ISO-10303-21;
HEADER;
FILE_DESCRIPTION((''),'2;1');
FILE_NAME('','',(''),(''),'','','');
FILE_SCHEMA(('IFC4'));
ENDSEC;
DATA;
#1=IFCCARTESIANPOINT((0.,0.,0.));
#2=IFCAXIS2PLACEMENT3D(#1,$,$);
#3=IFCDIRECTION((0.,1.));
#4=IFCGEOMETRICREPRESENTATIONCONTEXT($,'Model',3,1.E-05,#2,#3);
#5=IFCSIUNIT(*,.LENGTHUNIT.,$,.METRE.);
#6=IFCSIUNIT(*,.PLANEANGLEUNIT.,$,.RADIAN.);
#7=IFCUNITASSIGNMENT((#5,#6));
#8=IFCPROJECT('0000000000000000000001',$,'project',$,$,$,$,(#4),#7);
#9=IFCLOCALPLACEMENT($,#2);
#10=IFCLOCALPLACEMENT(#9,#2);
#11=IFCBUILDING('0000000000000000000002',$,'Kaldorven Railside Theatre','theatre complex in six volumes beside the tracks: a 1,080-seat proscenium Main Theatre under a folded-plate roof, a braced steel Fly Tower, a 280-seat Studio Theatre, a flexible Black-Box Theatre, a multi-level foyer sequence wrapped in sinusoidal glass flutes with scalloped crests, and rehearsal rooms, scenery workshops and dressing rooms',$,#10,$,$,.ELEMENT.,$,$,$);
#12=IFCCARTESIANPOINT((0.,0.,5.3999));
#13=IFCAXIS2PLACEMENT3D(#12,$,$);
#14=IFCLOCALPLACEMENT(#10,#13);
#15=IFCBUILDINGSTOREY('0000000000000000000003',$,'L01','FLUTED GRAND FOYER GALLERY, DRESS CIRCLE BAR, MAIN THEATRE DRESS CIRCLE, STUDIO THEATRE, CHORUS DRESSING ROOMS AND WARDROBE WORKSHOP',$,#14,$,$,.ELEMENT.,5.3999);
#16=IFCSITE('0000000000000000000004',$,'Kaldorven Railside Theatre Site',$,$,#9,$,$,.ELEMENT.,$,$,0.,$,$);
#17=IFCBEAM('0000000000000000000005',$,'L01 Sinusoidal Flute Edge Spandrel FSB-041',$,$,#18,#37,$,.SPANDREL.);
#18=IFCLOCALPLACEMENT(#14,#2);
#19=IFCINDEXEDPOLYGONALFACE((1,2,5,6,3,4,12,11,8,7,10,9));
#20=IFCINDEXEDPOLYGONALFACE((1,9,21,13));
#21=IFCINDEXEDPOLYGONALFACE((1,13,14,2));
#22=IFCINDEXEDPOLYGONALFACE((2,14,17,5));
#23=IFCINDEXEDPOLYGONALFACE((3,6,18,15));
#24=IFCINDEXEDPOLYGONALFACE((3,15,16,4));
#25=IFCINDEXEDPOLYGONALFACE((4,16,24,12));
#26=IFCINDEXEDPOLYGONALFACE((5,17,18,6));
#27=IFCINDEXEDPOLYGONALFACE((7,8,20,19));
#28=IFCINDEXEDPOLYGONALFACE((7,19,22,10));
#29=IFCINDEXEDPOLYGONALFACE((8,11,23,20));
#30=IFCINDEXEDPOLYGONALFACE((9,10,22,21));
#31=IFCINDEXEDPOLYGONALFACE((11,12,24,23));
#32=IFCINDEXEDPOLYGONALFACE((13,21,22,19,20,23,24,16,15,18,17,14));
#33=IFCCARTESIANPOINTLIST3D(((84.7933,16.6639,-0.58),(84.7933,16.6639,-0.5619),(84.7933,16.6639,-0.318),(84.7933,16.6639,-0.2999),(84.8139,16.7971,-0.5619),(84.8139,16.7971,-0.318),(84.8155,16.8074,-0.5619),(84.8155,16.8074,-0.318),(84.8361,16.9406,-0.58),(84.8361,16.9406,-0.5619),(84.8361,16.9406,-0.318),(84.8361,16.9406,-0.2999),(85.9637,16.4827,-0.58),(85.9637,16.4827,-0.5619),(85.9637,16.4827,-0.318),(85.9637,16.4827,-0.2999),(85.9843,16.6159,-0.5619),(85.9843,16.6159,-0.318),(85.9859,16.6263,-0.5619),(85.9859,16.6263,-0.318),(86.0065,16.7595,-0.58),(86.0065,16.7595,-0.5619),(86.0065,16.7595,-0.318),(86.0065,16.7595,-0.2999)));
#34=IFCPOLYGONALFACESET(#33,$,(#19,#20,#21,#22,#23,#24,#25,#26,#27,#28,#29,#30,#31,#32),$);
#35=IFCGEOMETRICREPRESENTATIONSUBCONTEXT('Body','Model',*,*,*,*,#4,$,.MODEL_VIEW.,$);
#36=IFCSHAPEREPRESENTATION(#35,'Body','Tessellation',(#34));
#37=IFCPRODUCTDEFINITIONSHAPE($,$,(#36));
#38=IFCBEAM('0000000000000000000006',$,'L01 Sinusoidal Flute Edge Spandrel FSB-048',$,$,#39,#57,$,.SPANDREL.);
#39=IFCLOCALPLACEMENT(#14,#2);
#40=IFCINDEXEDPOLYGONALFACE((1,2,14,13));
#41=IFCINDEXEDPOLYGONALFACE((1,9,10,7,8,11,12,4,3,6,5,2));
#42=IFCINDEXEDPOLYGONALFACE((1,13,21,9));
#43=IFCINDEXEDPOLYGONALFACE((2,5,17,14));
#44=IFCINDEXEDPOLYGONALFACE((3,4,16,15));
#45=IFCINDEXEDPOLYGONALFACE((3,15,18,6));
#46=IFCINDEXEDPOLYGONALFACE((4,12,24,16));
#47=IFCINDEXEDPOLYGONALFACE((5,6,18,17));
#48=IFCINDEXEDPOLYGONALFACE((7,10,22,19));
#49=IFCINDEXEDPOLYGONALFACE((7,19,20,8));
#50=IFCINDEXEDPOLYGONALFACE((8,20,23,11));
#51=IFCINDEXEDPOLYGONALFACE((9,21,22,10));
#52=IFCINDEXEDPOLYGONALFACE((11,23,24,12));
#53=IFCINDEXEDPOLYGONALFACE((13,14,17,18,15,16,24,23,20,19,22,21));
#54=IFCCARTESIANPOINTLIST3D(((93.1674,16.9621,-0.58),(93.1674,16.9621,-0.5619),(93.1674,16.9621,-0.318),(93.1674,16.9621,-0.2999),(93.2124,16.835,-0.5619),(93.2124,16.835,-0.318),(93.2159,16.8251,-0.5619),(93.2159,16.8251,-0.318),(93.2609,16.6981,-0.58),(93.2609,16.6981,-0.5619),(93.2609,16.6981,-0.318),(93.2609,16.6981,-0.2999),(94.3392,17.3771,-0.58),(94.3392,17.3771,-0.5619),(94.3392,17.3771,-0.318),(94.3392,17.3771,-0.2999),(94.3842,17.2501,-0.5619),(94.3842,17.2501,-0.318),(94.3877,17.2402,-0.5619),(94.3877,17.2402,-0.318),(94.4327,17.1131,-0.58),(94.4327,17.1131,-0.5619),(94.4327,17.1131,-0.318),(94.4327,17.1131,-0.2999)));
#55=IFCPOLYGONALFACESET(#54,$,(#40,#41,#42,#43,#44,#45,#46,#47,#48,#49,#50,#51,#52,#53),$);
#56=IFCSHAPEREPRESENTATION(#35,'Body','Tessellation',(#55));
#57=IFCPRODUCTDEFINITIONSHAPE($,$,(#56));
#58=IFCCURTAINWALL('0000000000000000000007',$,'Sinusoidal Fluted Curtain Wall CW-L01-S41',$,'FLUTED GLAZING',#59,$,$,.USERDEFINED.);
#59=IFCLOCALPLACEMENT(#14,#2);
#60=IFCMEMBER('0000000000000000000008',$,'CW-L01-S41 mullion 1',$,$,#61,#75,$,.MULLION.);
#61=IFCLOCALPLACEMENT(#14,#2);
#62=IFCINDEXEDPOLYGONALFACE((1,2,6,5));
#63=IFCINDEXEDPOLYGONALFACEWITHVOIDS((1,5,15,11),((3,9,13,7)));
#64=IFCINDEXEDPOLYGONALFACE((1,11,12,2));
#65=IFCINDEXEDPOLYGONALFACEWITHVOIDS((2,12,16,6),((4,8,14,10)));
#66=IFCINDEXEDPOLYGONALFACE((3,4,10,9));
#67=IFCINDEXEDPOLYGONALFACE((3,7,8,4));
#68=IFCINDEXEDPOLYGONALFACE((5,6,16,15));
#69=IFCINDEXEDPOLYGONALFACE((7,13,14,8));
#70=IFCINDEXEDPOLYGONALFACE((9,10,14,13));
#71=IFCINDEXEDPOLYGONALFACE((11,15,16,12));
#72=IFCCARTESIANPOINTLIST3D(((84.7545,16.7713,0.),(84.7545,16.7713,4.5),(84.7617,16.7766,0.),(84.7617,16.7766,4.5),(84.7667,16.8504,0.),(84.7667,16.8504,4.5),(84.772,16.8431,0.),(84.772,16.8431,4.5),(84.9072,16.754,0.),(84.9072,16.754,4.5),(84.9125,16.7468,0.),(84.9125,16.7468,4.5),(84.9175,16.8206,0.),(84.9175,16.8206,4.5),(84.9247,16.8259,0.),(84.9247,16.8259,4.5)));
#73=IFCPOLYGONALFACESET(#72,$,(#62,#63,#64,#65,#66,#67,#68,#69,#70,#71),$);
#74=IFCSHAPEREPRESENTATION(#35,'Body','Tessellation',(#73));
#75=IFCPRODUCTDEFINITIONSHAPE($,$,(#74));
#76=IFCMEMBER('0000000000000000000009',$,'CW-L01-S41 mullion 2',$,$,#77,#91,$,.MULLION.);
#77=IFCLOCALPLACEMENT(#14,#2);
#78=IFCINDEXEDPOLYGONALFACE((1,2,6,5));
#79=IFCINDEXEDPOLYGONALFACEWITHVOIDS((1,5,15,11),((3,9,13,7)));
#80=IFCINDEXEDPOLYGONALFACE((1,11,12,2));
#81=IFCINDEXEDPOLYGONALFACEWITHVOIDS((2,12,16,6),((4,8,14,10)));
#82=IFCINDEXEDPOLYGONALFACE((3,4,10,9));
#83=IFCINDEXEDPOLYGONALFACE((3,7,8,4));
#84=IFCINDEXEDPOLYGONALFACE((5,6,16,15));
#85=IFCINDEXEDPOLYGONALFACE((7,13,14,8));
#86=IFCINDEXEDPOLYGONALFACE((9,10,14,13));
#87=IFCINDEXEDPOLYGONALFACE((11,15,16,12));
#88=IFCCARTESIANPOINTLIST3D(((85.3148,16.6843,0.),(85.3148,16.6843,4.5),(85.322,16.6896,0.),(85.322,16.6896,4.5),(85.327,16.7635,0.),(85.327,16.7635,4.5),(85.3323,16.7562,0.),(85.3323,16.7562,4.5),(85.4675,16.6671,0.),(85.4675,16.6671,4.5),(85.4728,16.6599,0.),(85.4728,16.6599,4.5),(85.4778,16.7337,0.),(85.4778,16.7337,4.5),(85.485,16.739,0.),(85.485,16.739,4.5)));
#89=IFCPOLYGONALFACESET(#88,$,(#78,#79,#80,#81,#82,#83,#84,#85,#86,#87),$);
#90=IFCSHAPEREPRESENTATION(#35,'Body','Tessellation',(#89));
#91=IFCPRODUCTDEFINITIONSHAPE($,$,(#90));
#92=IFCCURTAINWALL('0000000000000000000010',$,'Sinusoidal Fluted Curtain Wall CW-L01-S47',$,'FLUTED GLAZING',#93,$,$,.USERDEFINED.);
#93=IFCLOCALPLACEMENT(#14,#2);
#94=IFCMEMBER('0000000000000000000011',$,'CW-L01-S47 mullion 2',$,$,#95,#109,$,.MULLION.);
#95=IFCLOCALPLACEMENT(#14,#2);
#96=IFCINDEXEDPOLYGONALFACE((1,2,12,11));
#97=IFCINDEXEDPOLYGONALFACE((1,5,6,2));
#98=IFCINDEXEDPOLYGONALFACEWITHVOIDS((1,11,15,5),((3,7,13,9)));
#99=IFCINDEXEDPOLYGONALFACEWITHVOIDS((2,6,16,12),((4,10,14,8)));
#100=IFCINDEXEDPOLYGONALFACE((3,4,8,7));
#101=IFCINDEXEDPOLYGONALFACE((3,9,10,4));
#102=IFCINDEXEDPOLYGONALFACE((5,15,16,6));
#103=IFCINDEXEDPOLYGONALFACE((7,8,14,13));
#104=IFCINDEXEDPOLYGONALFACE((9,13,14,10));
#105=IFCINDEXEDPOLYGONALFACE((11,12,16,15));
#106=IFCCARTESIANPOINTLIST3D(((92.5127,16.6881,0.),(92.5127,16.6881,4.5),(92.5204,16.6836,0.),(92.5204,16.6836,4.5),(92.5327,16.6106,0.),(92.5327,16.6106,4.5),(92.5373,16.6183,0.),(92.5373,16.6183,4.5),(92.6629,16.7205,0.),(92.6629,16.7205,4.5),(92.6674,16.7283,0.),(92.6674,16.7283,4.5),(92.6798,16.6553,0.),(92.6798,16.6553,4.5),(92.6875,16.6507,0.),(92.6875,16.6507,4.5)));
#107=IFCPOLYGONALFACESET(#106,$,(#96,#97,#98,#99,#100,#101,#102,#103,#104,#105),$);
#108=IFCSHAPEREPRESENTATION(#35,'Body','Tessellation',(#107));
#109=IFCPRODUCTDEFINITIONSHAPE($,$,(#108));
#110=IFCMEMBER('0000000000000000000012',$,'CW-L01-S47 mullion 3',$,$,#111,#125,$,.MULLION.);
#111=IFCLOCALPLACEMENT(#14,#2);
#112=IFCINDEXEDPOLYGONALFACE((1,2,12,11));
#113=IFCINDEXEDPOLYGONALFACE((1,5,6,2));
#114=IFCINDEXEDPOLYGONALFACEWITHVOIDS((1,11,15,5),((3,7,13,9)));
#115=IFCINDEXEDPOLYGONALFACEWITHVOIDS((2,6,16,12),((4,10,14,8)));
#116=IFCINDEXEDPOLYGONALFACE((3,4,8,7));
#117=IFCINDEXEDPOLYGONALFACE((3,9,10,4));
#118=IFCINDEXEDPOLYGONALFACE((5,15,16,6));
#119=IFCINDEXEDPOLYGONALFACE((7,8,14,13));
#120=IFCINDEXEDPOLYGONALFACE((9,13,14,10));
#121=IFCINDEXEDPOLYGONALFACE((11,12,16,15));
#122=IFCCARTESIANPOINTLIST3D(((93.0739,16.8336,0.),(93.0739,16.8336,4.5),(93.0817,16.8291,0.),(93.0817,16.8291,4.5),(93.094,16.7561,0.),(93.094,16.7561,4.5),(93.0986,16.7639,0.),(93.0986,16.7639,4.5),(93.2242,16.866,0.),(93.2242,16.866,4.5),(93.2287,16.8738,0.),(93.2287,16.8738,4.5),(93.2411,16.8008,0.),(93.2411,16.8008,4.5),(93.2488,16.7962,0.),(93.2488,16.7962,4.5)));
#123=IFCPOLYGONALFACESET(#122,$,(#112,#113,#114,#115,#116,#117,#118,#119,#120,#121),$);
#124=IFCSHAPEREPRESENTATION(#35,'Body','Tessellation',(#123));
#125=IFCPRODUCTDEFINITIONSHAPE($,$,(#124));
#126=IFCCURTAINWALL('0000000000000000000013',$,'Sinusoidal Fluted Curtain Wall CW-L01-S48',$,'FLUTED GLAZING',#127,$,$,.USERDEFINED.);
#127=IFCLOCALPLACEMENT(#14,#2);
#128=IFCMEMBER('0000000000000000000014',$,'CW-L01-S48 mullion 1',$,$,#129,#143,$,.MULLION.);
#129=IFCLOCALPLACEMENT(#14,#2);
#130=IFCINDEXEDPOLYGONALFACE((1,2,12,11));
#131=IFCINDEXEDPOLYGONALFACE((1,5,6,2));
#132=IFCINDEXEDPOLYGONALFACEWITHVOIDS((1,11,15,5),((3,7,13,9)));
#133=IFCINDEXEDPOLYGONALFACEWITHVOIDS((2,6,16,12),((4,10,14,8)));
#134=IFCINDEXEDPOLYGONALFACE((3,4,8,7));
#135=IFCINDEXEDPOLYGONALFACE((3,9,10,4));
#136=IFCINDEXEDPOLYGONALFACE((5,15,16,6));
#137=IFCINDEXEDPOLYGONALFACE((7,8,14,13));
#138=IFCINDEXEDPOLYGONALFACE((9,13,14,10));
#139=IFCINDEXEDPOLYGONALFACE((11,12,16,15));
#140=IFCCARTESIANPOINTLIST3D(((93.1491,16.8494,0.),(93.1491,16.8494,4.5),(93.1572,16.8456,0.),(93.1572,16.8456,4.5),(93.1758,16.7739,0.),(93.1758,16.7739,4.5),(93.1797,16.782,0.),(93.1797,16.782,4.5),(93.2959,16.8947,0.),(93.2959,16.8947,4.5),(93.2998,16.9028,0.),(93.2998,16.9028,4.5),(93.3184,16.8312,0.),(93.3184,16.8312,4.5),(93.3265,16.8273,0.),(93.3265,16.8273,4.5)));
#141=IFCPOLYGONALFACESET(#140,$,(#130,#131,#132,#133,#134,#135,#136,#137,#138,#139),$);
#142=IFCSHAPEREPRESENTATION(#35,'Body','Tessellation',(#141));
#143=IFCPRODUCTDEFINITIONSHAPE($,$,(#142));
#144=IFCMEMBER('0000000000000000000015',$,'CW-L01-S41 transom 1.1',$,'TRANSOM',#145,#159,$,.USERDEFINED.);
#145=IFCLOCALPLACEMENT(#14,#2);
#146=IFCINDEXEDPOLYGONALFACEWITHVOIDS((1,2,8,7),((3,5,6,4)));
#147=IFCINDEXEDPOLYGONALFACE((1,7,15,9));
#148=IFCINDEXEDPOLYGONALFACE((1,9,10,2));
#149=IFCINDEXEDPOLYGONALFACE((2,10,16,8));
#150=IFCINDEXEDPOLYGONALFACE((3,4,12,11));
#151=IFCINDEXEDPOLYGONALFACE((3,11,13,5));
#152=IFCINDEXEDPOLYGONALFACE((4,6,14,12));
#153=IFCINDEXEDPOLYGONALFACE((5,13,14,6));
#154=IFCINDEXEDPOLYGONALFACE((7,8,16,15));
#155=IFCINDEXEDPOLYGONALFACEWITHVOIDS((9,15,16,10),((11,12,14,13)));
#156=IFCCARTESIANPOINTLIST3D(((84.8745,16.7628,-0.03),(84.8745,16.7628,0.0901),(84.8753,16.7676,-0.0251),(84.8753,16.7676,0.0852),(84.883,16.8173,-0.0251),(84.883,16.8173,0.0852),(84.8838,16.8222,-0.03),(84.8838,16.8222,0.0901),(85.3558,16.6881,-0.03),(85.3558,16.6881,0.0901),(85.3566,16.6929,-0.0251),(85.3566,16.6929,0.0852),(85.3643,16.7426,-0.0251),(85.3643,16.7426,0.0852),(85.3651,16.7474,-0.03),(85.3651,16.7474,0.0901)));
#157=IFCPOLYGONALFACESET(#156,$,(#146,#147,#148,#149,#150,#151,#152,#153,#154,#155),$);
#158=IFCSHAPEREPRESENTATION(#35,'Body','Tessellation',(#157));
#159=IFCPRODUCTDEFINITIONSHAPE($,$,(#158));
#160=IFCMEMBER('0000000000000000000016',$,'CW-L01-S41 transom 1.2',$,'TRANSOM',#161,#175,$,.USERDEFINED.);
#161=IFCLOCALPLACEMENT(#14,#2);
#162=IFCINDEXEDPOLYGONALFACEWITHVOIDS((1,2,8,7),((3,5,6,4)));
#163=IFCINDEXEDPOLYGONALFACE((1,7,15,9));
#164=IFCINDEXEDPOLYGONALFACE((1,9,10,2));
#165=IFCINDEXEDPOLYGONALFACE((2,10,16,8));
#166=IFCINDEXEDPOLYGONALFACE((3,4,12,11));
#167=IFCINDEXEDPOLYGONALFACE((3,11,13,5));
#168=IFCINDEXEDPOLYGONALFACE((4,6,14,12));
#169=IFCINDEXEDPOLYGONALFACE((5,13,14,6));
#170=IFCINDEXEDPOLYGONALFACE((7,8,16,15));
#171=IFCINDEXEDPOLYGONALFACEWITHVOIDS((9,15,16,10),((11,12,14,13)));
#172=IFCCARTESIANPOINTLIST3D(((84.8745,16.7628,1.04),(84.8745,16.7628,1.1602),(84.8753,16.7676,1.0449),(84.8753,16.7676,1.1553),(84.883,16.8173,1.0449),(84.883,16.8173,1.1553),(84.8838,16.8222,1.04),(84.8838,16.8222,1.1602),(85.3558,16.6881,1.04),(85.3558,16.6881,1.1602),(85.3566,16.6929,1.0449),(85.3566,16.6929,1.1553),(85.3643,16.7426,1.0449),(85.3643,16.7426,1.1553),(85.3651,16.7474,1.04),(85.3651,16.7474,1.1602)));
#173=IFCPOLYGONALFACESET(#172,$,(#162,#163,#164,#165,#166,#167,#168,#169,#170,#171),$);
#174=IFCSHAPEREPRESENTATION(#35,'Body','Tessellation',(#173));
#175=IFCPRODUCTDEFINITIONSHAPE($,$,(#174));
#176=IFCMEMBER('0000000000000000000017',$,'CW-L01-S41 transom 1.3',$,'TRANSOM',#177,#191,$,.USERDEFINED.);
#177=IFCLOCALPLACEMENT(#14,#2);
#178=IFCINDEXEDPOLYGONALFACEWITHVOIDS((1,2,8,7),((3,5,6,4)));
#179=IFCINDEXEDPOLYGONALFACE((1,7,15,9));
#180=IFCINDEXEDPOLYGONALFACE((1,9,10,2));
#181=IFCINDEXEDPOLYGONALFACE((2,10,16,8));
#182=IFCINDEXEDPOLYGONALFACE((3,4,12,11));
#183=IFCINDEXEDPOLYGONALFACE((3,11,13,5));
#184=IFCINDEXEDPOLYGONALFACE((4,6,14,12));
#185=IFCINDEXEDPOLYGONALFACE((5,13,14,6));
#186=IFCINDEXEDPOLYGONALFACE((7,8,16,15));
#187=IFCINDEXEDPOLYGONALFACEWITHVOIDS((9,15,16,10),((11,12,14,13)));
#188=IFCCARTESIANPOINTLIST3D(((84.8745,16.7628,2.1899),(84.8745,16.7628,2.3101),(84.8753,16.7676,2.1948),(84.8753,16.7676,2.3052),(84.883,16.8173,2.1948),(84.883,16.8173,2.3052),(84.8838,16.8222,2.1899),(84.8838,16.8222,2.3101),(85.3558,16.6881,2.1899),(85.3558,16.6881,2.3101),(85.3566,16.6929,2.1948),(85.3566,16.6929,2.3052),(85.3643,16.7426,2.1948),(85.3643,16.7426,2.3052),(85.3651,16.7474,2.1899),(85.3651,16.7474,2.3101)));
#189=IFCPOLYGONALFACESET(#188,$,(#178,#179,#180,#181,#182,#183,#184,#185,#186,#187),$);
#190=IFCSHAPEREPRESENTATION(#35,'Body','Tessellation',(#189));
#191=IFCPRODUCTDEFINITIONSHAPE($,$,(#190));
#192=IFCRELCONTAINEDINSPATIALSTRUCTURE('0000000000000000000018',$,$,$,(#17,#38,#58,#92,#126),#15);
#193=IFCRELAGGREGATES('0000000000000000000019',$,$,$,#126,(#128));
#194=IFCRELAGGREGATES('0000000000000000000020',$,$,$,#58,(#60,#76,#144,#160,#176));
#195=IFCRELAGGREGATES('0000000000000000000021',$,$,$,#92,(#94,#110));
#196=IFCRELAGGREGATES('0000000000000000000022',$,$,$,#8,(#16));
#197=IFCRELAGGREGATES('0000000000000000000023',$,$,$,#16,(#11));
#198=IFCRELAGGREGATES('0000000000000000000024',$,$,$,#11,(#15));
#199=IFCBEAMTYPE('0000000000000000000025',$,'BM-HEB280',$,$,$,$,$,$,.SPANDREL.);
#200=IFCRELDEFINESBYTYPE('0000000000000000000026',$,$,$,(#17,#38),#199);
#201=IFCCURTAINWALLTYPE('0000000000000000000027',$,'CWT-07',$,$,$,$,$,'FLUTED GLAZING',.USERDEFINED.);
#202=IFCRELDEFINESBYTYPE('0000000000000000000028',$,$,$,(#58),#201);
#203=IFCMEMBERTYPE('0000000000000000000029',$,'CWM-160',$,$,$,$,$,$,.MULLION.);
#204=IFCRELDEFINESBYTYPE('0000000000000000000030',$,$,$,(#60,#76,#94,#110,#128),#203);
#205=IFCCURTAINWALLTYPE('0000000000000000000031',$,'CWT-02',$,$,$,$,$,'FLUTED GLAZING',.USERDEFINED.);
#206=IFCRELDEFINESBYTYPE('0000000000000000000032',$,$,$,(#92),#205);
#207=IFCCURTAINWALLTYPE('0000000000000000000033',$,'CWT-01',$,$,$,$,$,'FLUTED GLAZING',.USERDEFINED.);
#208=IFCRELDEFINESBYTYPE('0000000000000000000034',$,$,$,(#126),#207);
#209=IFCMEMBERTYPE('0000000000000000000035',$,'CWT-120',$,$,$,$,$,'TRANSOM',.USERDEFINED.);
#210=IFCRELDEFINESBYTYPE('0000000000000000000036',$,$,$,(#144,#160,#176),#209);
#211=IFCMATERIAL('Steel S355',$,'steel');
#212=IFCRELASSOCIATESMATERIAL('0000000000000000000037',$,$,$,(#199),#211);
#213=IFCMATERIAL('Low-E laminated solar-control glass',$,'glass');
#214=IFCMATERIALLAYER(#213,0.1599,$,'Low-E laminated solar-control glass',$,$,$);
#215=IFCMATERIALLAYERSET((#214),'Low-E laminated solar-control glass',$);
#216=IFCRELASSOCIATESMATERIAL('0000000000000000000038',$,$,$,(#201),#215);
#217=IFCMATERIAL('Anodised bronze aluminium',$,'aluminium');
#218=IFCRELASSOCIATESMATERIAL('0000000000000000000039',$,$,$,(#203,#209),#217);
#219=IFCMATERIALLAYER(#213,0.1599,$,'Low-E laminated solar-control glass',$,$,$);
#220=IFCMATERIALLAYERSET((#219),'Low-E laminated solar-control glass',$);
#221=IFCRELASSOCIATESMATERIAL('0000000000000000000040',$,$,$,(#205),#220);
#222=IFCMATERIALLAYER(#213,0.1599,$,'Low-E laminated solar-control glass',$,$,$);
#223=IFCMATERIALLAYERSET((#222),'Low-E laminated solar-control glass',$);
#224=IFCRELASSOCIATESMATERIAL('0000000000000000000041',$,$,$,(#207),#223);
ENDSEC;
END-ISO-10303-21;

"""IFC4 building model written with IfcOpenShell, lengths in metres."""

from ifc_helpers import new_model, si_unit, direction, frame, origin, origin_2d, place, context, subcontext, project, spatial, hollow_rectangle, i_section, extrude, material, layer, layer_set, material_profile, profile_set, type_object, element, aggregate, save


model = new_model("IFC4")

# Units and contexts
model_context = context("Model", 3, precision=1e-05, world=origin(), true_north=direction((0.0, 1.0)))
body_context = subcontext(model_context, "Body", "Model", "MODEL_VIEW")
ifc_project = project(units=[si_unit("LENGTHUNIT", "METRE"), si_unit("PLANEANGLEUNIT", "RADIAN")], contexts=[model_context])

# Site, building, storey
site_placement = place(None, origin())
site = spatial("IfcSite", under=ifc_project, at=site_placement, Name="Kaldorven Railside Theatre Site", CompositionType="ELEMENT", RefElevation=0.0)
building_placement = place(site_placement, origin())
building = spatial("IfcBuilding", under=site, at=building_placement, Name="Kaldorven Railside Theatre", Description="theatre complex in six volumes beside the tracks: a 1,080-seat proscenium Main Theatre under a folded-plate roof, a braced steel Fly Tower, a 280-seat Studio Theatre, a flexible Black-Box Theatre, a multi-level foyer sequence wrapped in sinusoidal glass flutes with scalloped crests, and rehearsal rooms, scenery workshops and dressing rooms", CompositionType="ELEMENT")
storey_placement = place(building_placement, frame((0.0, 0.0, 5.3999)))
storey = spatial("IfcBuildingStorey", under=building, at=storey_placement, Name="L01", Description="FLUTED GRAND FOYER GALLERY, DRESS CIRCLE BAR, MAIN THEATRE DRESS CIRCLE, STUDIO THEATRE, CHORUS DRESSING ROOMS AND WARDROBE WORKSHOP", CompositionType="ELEMENT", Elevation=5.3999)

# Beams
ifc_material_1 = material(Name="Steel S355", Category="steel")
ifc_material_profile_1 = material_profile(ifc_material_1, i_section(OverallWidth=0.28, OverallDepth=0.28, WebThickness=0.0105, FlangeThickness=0.0181, at=origin_2d()), Name="HEB 280")
ifc_profile_set_1 = profile_set([ifc_material_profile_1], Name="Steel S355")
beam_type = type_object("IfcBeamType", Name="BM-HEB280", PredefinedType="SPANDREL", material=ifc_profile_set_1)
beam_1_placement = place(storey_placement, frame((84.8147, 16.8022, -0.4399), z_axis=(0.988233, -0.152956, 0.0), x_axis=(0.152956, 0.988233, 0.0)))
element("IfcBeam", 1, at=beam_1_placement, inside=storey, type_object=beam_type, Name="L01 Sinusoidal Flute Edge Spandrel FSB-041", PredefinedType="SPANDREL", context=body_context, shape_type="SweptSolid", body=[
    extrude(i_section(OverallWidth=0.28, OverallDepth=0.28, WebThickness=0.0105, FlangeThickness=0.0181, at=origin_2d()), origin(), (0.0, 0.0, 1.0), 1.1843),
])
beam_2_placement = place(storey_placement, frame((93.2141, 16.8301, -0.4399), z_axis=(0.942627, 0.333847, 0.0), x_axis=(-0.333847, 0.942627, 0.0)))
element("IfcBeam", 2, at=beam_2_placement, inside=storey, type_object=beam_type, Name="L01 Sinusoidal Flute Edge Spandrel FSB-048", PredefinedType="SPANDREL", context=body_context, shape_type="SweptSolid", body=[
    extrude(i_section(OverallWidth=0.28, OverallDepth=0.28, WebThickness=0.0105, FlangeThickness=0.0181, at=origin_2d()), origin(), (0.0, 0.0, 1.0), 1.2432),
])

# Curtain walls, members
ifc_material_2 = material(Name="Low-E laminated solar-control glass", Category="glass")
ifc_layer_1 = layer(ifc_material_2, 0.1599, Name="Low-E laminated solar-control glass")
ifc_layer_set_1 = layer_set([ifc_layer_1], Name="Low-E laminated solar-control glass")
curtain_wall_type_1 = type_object("IfcCurtainWallType", Name="CWT-07", ElementType="FLUTED GLAZING", PredefinedType="USERDEFINED", material=ifc_layer_set_1)
curtain_wall_1_placement = place(storey_placement, origin())
curtain_wall_1 = element("IfcCurtainWall", 3, at=curtain_wall_1_placement, inside=storey, type_object=curtain_wall_type_1, Name="Sinusoidal Fluted Curtain Wall CW-L01-S41", ObjectType="FLUTED GLAZING", PredefinedType="USERDEFINED")
ifc_material_3 = material(Name="Anodised bronze aluminium", Category="aluminium")
ifc_material_profile_2 = material_profile(ifc_material_3, hollow_rectangle(XDim=0.0801, YDim=0.1599, WallThickness=0.0063, at=origin_2d()), Name="RHS 160x80x6.3")
ifc_profile_set_2 = profile_set([ifc_material_profile_2], Name="Anodised bronze aluminium")
member_type_1 = type_object("IfcMemberType", Name="CWM-160", PredefinedType="MULLION", material=ifc_profile_set_2)
member_1_placement = place(storey_placement, frame((84.8396, 16.7986, 0.0), z_axis=(0.0, 0.0, 1.0), x_axis=(0.15301, 0.988225, 0.0)))
member_1 = element("IfcMember", 4, at=member_1_placement, type_object=member_type_1, Name="CW-L01-S41 mullion 1", PredefinedType="MULLION", context=body_context, shape_type="SweptSolid", body=[
    extrude(hollow_rectangle(XDim=0.0801, YDim=0.1599, WallThickness=0.0063, at=origin_2d()), origin(), (0.0, 0.0, 1.0), 4.5),
])
member_2_placement = place(storey_placement, frame((85.3999, 16.7117, 0.0), z_axis=(0.0, 0.0, 1.0), x_axis=(0.15301, 0.988225, 0.0)))
member_2 = element("IfcMember", 5, at=member_2_placement, type_object=member_type_1, Name="CW-L01-S41 mullion 2", PredefinedType="MULLION", context=body_context, shape_type="SweptSolid", body=[
    extrude(hollow_rectangle(XDim=0.0801, YDim=0.1599, WallThickness=0.0063, at=origin_2d()), origin(), (0.0, 0.0, 1.0), 4.5),
])
ifc_layer_2 = layer(ifc_material_2, 0.1599, Name="Low-E laminated solar-control glass")
ifc_layer_set_2 = layer_set([ifc_layer_2], Name="Low-E laminated solar-control glass")
curtain_wall_type_2 = type_object("IfcCurtainWallType", Name="CWT-02", ElementType="FLUTED GLAZING", PredefinedType="USERDEFINED", material=ifc_layer_set_2)
curtain_wall_2_placement = place(storey_placement, origin())
curtain_wall_2 = element("IfcCurtainWall", 6, at=curtain_wall_2_placement, inside=storey, type_object=curtain_wall_type_2, Name="Sinusoidal Fluted Curtain Wall CW-L01-S47", ObjectType="FLUTED GLAZING", PredefinedType="USERDEFINED")
member_3_placement = place(storey_placement, frame((92.6001, 16.6694, 0.0), z_axis=(0.0, 0.0, 1.0), x_axis=(-0.250954, 0.967999, 0.0)))
member_3 = element("IfcMember", 7, at=member_3_placement, type_object=member_type_1, Name="CW-L01-S47 mullion 2", PredefinedType="MULLION", context=body_context, shape_type="SweptSolid", body=[
    extrude(hollow_rectangle(XDim=0.0801, YDim=0.1599, WallThickness=0.0063, at=origin_2d()), origin(), (0.0, 0.0, 1.0), 4.5),
])
member_4_placement = place(storey_placement, frame((93.1614, 16.8149, 0.0), z_axis=(0.0, 0.0, 1.0), x_axis=(-0.250954, 0.967999, 0.0)))
member_4 = element("IfcMember", 8, at=member_4_placement, type_object=member_type_1, Name="CW-L01-S47 mullion 3", PredefinedType="MULLION", context=body_context, shape_type="SweptSolid", body=[
    extrude(hollow_rectangle(XDim=0.0801, YDim=0.1599, WallThickness=0.0063, at=origin_2d()), origin(), (0.0, 0.0, 1.0), 4.5),
])

# Curtain wall, member
ifc_layer_3 = layer(ifc_material_2, 0.1599, Name="Low-E laminated solar-control glass")
ifc_layer_set_3 = layer_set([ifc_layer_3], Name="Low-E laminated solar-control glass")
curtain_wall_type_3 = type_object("IfcCurtainWallType", Name="CWT-01", ElementType="FLUTED GLAZING", PredefinedType="USERDEFINED", material=ifc_layer_set_3)
curtain_wall_3_placement = place(storey_placement, origin())
curtain_wall_3 = element("IfcCurtainWall", 9, at=curtain_wall_3_placement, inside=storey, type_object=curtain_wall_type_3, Name="Sinusoidal Fluted Curtain Wall CW-L01-S48", ObjectType="FLUTED GLAZING", PredefinedType="USERDEFINED")
member_5_placement = place(storey_placement, frame((93.2378, 16.8384, 0.0), z_axis=(0.0, 0.0, 1.0), x_axis=(-0.333847, 0.942627, 0.0)))
member_5 = element("IfcMember", 10, at=member_5_placement, type_object=member_type_1, Name="CW-L01-S48 mullion 1", PredefinedType="MULLION", context=body_context, shape_type="SweptSolid", body=[
    extrude(hollow_rectangle(XDim=0.0801, YDim=0.1599, WallThickness=0.0063, at=origin_2d()), origin(), (0.0, 0.0, 1.0), 4.5),
])

# Members
ifc_material_profile_3 = material_profile(ifc_material_3, hollow_rectangle(XDim=0.0601, YDim=0.1201, WallThickness=0.0049, at=origin_2d()), Name="RHS 120x60x5")
ifc_profile_set_3 = profile_set([ifc_material_profile_3], Name="Anodised bronze aluminium")
member_type_2 = type_object("IfcMemberType", Name="CWT-120", ElementType="TRANSOM", PredefinedType="USERDEFINED", material=ifc_profile_set_3)
member_6_placement = place(storey_placement, frame((84.8792, 16.7925, 0.03), z_axis=(0.988162, -0.153413, 0.0), x_axis=(0.153413, 0.988162, 0.0)))
member_6 = element("IfcMember", 11, at=member_6_placement, type_object=member_type_2, Name="CW-L01-S41 transom 1.1", ObjectType="TRANSOM", PredefinedType="USERDEFINED", context=body_context, shape_type="SweptSolid", body=[
    extrude(hollow_rectangle(XDim=0.0601, YDim=0.1201, WallThickness=0.0049, at=origin_2d()), origin(), (0.0, 0.0, 1.0), 0.4871),
])
member_7_placement = place(storey_placement, frame((84.8792, 16.7925, 1.1001), z_axis=(0.988162, -0.153413, 0.0), x_axis=(0.153413, 0.988162, 0.0)))
member_7 = element("IfcMember", 12, at=member_7_placement, type_object=member_type_2, Name="CW-L01-S41 transom 1.2", ObjectType="TRANSOM", PredefinedType="USERDEFINED", context=body_context, shape_type="SweptSolid", body=[
    extrude(hollow_rectangle(XDim=0.0601, YDim=0.1201, WallThickness=0.0049, at=origin_2d()), origin(), (0.0, 0.0, 1.0), 0.4871),
])
member_8_placement = place(storey_placement, frame((84.8792, 16.7925, 2.25), z_axis=(0.988162, -0.153413, 0.0), x_axis=(0.153413, 0.988162, 0.0)))
member_8 = element("IfcMember", 13, at=member_8_placement, type_object=member_type_2, Name="CW-L01-S41 transom 1.3", ObjectType="TRANSOM", PredefinedType="USERDEFINED", context=body_context, shape_type="SweptSolid", body=[
    extrude(hollow_rectangle(XDim=0.0601, YDim=0.1201, WallThickness=0.0049, at=origin_2d()), origin(), (0.0, 0.0, 1.0), 0.4871),
])
aggregate(curtain_wall_3, [member_5])

aggregate(curtain_wall_1, [member_1, member_2, member_6, member_7, member_8])
aggregate(curtain_wall_2, [member_3, member_4])

save(model, "model.ifc")
